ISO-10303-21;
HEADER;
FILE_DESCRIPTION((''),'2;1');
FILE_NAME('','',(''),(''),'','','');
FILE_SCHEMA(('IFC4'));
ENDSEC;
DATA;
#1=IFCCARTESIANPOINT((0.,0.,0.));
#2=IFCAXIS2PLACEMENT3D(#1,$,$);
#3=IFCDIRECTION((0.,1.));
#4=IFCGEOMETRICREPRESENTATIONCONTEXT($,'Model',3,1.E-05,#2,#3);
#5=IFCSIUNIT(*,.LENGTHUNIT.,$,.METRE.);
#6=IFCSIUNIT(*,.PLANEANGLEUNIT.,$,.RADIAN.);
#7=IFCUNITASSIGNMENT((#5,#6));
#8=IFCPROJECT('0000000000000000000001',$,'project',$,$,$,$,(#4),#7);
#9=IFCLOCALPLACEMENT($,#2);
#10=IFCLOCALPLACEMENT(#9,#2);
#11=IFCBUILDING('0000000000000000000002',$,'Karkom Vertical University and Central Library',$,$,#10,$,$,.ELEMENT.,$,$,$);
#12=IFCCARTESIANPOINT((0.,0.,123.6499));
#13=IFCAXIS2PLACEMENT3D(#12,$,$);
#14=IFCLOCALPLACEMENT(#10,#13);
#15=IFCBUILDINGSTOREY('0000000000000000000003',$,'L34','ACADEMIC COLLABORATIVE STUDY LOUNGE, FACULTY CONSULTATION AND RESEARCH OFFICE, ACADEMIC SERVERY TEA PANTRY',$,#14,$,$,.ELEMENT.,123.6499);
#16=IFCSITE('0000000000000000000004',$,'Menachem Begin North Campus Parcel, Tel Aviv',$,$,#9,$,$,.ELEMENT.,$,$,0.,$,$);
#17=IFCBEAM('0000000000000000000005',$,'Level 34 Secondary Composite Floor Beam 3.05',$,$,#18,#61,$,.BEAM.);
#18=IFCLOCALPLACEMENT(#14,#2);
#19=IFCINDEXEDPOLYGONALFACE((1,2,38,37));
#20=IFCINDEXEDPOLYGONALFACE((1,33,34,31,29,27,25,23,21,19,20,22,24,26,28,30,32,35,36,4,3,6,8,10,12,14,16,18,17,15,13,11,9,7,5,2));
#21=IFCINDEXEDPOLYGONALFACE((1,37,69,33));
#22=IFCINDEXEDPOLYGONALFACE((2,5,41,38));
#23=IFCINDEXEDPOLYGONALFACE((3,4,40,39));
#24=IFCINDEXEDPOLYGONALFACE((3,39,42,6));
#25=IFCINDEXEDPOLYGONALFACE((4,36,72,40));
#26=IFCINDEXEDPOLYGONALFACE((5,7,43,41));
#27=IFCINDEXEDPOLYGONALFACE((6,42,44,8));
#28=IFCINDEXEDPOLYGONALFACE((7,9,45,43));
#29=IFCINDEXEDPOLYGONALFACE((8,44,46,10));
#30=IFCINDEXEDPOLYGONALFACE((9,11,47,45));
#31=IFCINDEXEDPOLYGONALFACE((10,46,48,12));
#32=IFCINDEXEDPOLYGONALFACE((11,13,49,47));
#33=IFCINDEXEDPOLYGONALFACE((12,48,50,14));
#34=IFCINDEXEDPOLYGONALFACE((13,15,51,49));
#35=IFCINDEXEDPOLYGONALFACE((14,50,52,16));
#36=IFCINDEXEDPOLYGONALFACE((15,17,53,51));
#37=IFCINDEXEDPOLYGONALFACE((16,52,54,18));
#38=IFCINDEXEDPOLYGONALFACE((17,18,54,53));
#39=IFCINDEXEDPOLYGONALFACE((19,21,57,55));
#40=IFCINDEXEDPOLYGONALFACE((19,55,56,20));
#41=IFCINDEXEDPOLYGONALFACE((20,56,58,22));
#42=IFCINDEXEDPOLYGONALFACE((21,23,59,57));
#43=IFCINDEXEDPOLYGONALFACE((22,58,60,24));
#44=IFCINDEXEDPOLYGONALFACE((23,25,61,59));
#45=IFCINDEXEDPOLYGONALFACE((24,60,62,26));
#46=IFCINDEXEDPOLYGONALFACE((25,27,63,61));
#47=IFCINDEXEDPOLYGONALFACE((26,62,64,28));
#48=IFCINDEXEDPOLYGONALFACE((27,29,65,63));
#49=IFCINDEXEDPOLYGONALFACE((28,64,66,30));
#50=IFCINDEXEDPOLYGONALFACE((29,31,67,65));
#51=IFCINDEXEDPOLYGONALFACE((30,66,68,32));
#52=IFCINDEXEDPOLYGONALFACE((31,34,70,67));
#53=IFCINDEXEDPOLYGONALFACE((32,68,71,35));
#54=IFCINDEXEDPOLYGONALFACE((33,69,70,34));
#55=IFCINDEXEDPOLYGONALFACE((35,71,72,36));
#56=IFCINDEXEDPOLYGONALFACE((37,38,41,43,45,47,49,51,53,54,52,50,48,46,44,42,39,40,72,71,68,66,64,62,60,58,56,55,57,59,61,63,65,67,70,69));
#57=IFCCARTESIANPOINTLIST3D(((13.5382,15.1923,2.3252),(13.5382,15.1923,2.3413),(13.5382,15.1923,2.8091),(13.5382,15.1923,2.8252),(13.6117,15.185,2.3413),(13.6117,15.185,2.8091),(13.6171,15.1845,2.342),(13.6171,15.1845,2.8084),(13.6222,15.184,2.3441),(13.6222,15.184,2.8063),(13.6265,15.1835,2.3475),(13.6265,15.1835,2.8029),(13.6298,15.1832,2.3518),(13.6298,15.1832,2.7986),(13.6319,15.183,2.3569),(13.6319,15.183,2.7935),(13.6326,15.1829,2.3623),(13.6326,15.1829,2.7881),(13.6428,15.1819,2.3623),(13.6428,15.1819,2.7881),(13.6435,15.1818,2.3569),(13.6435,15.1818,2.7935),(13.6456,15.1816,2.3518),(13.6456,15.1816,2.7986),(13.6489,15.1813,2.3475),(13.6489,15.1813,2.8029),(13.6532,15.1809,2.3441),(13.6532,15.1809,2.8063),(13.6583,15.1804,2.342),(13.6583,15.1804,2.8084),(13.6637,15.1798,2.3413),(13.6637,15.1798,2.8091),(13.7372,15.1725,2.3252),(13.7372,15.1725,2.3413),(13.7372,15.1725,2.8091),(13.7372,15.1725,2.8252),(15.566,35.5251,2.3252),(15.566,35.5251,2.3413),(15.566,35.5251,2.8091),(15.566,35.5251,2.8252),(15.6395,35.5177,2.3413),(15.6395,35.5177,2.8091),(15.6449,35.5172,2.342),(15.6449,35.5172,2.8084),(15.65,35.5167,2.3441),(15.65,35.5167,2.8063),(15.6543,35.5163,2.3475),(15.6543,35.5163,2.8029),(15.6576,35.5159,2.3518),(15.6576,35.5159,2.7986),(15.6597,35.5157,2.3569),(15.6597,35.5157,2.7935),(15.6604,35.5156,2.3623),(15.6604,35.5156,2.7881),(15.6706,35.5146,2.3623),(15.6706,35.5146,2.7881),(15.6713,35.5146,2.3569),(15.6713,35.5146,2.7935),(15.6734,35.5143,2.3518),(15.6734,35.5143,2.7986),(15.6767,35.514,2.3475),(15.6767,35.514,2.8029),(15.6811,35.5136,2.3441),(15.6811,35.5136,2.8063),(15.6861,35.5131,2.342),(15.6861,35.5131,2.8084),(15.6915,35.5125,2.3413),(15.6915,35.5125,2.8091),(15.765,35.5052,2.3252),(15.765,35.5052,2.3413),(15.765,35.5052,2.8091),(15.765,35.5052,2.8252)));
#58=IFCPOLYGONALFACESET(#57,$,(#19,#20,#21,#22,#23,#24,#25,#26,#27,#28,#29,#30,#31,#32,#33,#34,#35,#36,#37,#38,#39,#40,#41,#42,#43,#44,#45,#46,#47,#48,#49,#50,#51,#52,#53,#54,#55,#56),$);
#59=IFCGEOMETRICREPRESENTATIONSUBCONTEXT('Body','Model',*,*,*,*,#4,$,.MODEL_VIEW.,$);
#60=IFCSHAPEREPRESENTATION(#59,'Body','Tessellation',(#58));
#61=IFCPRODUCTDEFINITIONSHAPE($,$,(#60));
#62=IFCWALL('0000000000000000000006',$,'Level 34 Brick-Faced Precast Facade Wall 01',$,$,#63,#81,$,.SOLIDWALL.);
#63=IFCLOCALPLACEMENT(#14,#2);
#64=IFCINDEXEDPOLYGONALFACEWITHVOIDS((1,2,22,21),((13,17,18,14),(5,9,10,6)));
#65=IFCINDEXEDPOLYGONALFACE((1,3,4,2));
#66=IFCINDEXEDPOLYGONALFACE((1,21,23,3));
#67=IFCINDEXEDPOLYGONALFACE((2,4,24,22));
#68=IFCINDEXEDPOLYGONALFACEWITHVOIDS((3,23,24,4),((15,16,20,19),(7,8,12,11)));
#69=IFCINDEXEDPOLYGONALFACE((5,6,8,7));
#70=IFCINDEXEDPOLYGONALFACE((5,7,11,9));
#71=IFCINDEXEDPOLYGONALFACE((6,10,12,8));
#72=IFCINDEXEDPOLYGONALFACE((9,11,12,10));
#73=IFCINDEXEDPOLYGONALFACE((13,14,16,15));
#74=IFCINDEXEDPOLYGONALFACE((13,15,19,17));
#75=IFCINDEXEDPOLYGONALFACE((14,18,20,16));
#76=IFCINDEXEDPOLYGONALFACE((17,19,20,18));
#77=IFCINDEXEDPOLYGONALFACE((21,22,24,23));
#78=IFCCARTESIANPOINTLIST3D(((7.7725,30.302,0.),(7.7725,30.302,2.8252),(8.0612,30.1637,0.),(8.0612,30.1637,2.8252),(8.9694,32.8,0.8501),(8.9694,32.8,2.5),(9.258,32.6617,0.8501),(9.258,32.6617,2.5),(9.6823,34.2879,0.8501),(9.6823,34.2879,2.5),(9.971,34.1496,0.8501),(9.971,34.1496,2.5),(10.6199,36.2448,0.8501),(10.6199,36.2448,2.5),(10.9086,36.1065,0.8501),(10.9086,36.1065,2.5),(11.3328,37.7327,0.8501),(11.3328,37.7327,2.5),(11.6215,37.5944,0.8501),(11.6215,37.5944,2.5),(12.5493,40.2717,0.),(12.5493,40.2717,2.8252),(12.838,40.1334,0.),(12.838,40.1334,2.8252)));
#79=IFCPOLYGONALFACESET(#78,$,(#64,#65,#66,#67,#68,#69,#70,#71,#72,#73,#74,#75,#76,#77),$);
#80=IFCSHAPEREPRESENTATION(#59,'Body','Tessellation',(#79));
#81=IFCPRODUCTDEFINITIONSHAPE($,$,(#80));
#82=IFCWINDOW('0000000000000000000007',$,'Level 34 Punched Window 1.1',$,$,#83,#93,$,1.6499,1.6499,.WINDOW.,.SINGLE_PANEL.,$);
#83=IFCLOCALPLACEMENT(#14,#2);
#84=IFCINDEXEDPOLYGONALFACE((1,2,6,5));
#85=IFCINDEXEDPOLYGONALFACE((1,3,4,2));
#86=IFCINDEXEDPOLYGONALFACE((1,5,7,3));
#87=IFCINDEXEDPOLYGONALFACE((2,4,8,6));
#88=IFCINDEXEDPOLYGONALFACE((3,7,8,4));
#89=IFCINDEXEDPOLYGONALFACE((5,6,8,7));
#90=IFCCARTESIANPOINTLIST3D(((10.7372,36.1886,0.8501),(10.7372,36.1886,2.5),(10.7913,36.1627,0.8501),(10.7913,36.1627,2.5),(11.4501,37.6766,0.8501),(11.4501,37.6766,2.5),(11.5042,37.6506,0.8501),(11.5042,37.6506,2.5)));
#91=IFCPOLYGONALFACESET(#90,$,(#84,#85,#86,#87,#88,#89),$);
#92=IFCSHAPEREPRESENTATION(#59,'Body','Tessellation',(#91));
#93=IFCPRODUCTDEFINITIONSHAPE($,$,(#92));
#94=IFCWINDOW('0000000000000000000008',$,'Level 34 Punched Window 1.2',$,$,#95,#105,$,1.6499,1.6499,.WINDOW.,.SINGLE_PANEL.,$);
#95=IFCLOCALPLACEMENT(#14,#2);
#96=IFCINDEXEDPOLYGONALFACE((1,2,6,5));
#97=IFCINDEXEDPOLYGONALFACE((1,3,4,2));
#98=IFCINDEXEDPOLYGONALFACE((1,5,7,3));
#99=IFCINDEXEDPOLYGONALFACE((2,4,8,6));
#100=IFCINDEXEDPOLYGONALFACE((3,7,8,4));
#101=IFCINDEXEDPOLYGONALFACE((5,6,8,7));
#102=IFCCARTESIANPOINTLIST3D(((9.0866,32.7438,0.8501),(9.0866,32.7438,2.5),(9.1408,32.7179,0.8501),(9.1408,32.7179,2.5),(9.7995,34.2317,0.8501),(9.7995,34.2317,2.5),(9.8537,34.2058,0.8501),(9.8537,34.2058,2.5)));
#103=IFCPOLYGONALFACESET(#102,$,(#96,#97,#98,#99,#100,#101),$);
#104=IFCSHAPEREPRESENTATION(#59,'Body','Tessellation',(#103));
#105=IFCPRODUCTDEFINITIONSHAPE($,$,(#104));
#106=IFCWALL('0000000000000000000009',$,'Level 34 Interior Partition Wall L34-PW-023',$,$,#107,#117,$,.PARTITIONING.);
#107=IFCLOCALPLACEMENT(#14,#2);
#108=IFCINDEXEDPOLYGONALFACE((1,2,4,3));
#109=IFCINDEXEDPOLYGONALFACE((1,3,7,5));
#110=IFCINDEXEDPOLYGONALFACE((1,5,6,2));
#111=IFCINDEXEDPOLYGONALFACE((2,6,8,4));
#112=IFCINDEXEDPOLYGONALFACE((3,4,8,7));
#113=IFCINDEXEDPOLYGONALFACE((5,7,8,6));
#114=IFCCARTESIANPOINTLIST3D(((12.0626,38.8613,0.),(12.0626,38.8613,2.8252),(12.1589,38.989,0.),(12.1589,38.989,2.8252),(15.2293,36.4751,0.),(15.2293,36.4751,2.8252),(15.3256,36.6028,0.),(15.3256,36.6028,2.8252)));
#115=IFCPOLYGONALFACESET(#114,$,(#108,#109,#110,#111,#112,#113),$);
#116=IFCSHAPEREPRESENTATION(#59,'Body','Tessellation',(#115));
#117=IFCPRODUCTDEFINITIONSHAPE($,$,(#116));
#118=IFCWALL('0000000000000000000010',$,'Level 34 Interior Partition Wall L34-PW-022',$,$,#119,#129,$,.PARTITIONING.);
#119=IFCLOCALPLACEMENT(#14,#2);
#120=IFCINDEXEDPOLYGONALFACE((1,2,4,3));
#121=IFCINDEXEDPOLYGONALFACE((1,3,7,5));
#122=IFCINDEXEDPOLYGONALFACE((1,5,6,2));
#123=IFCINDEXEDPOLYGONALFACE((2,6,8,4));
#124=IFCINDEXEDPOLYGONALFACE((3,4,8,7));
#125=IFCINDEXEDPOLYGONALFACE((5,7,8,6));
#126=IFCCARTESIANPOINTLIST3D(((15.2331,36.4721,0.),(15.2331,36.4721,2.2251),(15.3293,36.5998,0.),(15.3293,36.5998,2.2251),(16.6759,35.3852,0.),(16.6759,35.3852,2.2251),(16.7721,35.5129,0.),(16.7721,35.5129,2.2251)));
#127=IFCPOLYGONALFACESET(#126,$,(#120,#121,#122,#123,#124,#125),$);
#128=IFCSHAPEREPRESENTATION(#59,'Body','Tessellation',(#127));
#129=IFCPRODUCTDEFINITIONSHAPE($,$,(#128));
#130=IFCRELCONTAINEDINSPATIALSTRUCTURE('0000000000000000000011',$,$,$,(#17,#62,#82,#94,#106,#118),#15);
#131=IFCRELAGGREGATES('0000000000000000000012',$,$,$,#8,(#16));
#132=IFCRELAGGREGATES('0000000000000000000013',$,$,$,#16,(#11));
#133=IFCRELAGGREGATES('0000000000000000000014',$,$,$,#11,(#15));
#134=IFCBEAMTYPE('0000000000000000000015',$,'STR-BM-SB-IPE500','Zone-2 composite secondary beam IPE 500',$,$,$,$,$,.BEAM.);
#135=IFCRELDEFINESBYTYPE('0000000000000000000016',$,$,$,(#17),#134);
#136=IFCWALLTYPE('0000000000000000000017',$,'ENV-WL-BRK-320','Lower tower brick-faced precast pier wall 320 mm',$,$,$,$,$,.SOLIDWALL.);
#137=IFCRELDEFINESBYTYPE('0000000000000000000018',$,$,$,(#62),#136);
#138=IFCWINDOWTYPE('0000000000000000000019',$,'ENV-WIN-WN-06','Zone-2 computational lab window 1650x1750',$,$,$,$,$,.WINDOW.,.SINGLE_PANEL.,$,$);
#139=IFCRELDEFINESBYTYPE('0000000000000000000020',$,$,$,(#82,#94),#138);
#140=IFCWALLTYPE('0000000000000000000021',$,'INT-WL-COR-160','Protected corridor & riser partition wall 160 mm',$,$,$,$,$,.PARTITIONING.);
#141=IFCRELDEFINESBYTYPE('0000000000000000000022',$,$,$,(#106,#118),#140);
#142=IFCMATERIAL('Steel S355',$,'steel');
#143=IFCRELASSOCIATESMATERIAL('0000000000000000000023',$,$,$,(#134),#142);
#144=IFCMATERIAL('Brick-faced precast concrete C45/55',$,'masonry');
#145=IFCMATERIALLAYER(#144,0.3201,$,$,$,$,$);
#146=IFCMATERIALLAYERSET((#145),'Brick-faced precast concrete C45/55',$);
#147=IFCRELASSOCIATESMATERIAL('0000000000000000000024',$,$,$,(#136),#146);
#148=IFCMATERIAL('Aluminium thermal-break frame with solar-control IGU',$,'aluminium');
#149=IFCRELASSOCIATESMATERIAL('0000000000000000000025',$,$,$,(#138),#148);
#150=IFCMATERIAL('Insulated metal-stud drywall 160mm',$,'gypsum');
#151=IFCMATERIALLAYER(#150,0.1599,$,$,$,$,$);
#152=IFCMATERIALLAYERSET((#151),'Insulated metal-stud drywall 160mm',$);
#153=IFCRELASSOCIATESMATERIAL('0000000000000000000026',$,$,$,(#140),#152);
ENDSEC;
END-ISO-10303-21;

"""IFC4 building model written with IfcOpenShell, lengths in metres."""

from ifc_helpers import new_model, si_unit, direction, frame, frame_2d, origin, origin_with_axes, origin_2d, place, context, subcontext, project, spatial, rectangle, i_section, extrude, source, transform, mapped, material, layer, layer_set, material_profile, profile_set, type_object, element, fill, save


model = new_model("IFC4")

# Units and contexts
model_context = context("Model", 3, precision=1e-05, world=origin(), true_north=direction((0.0, 1.0)))
body_context = subcontext(model_context, "Body", "Model", "MODEL_VIEW")
ifc_project = project(units=[si_unit("LENGTHUNIT", "METRE"), si_unit("PLANEANGLEUNIT", "RADIAN")], contexts=[model_context])

# Site, building, storey
site_placement = place(None, origin())
site = spatial("IfcSite", under=ifc_project, at=site_placement, Name="Menachem Begin North Campus Parcel, Tel Aviv", CompositionType="ELEMENT", RefElevation=0.0)
building_placement = place(site_placement, origin())
building = spatial("IfcBuilding", under=site, at=building_placement, Name="Karkom Vertical University and Central Library", CompositionType="ELEMENT")
storey_placement = place(building_placement, frame((0.0, 0.0, 123.6499)))
storey = spatial("IfcBuildingStorey", under=building, at=storey_placement, Name="L34", Description="ACADEMIC COLLABORATIVE STUDY LOUNGE, FACULTY CONSULTATION AND RESEARCH OFFICE, ACADEMIC SERVERY TEA PANTRY", CompositionType="ELEMENT", Elevation=123.6499)

# Beam
ifc_material_1 = material(Name="Steel S355", Category="steel")
ifc_material_profile_1 = material_profile(ifc_material_1, i_section(OverallWidth=0.2, OverallDepth=0.5, WebThickness=0.0103, FlangeThickness=0.0161, FilletRadius=0.021, at=origin_2d()), Name="IPE 500")
ifc_profile_set_1 = profile_set([ifc_material_profile_1], Name="Steel S355")
beam_type_1 = type_object("IfcBeamType", Name="STR-BM-SB-IPE500", Description="Zone-2 composite secondary beam IPE 500", PredefinedType="BEAM", material=ifc_profile_set_1)
shared_shape_1 = source(origin_with_axes(), body_context, "Body", "SweptSolid", [
    extrude(i_section(OverallWidth=0.2, OverallDepth=0.5, WebThickness=0.0103, FlangeThickness=0.0161, FilletRadius=0.021, at=origin_2d()), origin(), (0.0, 0.0, 1.0), 20.4336),
])
beam_1_placement = place(storey_placement, frame((15.6655, 35.5151, 2.5752), z_axis=(-0.09924, -0.995064, 0.0), x_axis=(0.995064, -0.09924, 0.0)))
element("IfcBeam", 1, at=beam_1_placement, inside=storey, type_object=beam_type_1, Name="Level 34 Secondary Composite Floor Beam 3.05", PredefinedType="BEAM", context=body_context, shape_type="MappedRepresentation", body=[
    mapped(shared_shape_1, transform((0.0, 0.0, 0.0), scale=1.0)),
])

# Wall, openings, windows
ifc_material_2 = material(Name="Brick-faced precast concrete C45/55", Category="masonry")
ifc_layer_1 = layer(ifc_material_2, 0.3201)
ifc_layer_set_1 = layer_set([ifc_layer_1], Name="Brick-faced precast concrete C45/55")
wall_type_1 = type_object("IfcWallType", Name="ENV-WL-BRK-320", Description="Lower tower brick-faced precast pier wall 320 mm", PredefinedType="SOLIDWALL", material=ifc_layer_set_1)
wall_1_placement = place(storey_placement, frame((12.6936, 40.2024, 0.0), z_axis=(0.0, 0.0, 1.0), x_axis=(-0.432098, -0.901827, 0.0)))
wall_1 = element("IfcWall", 2, at=wall_1_placement, inside=storey, type_object=wall_type_1, Name="Level 34 Brick-Faced Precast Facade Wall 01", PredefinedType="SOLIDWALL", context=body_context, shape_type="SweptSolid", body=[
    extrude(rectangle(XDim=11.0549, YDim=0.3201, at=frame_2d((5.5273, 0.0))), origin(), (0.0, 0.0, 1.0), 2.8252),
])
opening_1_placement = place(wall_1_placement, frame((2.8152, 0.0, 0.8501)))
opening_1 = element("IfcOpeningElement", 3, at=opening_1_placement, cuts=wall_1, PredefinedType="OPENING", context=body_context, shape_type="SweptSolid", body=[
    extrude(rectangle(XDim=1.6499, YDim=1.6499, at=frame_2d((0.825, 0.825))), frame((0.0, 0.1699, 0.0), z_axis=(0.0, -1.0, 0.0), x_axis=(1.0, 0.0, 0.0)), (0.0, 0.0, 1.0), 0.3401),
])
opening_2_placement = place(wall_1_placement, frame((6.635, 0.0, 0.8501)))
opening_2 = element("IfcOpeningElement", 4, at=opening_2_placement, cuts=wall_1, PredefinedType="OPENING", context=body_context, shape_type="SweptSolid", body=[
    extrude(rectangle(XDim=1.6499, YDim=1.6499, at=frame_2d((0.825, 0.825))), frame((0.0, 0.1699, 0.0), z_axis=(0.0, -1.0, 0.0), x_axis=(1.0, 0.0, 0.0)), (0.0, 0.0, 1.0), 0.3401),
])
ifc_material_3 = material(Name="Aluminium thermal-break frame with solar-control IGU", Category="aluminium")
window_type = type_object("IfcWindowType", Name="ENV-WIN-WN-06", Description="Zone-2 computational lab window 1650x1750", PartitioningType="SINGLE_PANEL", PredefinedType="WINDOW", material=ifc_material_3)
shared_shape_2 = source(origin_with_axes(), body_context, "Body", "SweptSolid", [
    extrude(rectangle(XDim=1.6499, YDim=1.6499, at=frame_2d((0.825, 0.825))), frame((0.0, 0.03, 0.0), z_axis=(0.0, -1.0, 0.0), x_axis=(1.0, 0.0, 0.0)), (0.0, 0.0, 1.0), 0.0601),
])
window_1_placement = place(opening_1_placement, origin())
window_1 = element("IfcWindow", 5, at=window_1_placement, inside=storey, type_object=window_type, Name="Level 34 Punched Window 1.1", OverallHeight=1.6499, OverallWidth=1.6499, PartitioningType="SINGLE_PANEL", PredefinedType="WINDOW", context=body_context, shape_type="MappedRepresentation", body=[
    mapped(shared_shape_2, transform((0.0, 0.0, 0.0), scale=1.0)),
])
fill(opening_1, window_1)
window_2_placement = place(opening_2_placement, origin())
window_2 = element("IfcWindow", 6, at=window_2_placement, inside=storey, type_object=window_type, Name="Level 34 Punched Window 1.2", OverallHeight=1.6499, OverallWidth=1.6499, PartitioningType="SINGLE_PANEL", PredefinedType="WINDOW", context=body_context, shape_type="MappedRepresentation", body=[
    mapped(shared_shape_2, transform((0.0, 0.0, 0.0), scale=1.0)),
])
fill(opening_2, window_2)

# Shared definitions
ifc_material_4 = material(Name="Insulated metal-stud drywall 160mm", Category="gypsum")
ifc_layer_2 = layer(ifc_material_4, 0.1599)
ifc_layer_set_2 = layer_set([ifc_layer_2], Name="Insulated metal-stud drywall 160mm")
wall_type_2 = type_object("IfcWallType", Name="INT-WL-COR-160", Description="Protected corridor & riser partition wall 160 mm", PredefinedType="PARTITIONING", material=ifc_layer_set_2)

# Walls
wall_2_placement = place(storey_placement, frame((15.2773, 36.5391, 0.0), z_axis=(0.0, 0.0, 1.0), x_axis=(-0.798646, 0.601801, 0.0)))
element("IfcWall", 7, at=wall_2_placement, inside=storey, type_object=wall_type_2, Name="Level 34 Interior Partition Wall L34-PW-023", PredefinedType="PARTITIONING", context=body_context, shape_type="SweptSolid", body=[
    extrude(rectangle(XDim=3.9651, YDim=0.1599, at=frame_2d((1.9824, 0.0))), origin(), (0.0, 0.0, 1.0), 2.8252),
])
wall_3_placement = place(storey_placement, frame((16.7241, 35.449, 0.0), z_axis=(0.0, 0.0, 1.0), x_axis=(-0.798733, 0.601685, 0.0)))
element("IfcWall", 8, at=wall_3_placement, inside=storey, type_object=wall_type_2, Name="Level 34 Interior Partition Wall L34-PW-022", PredefinedType="PARTITIONING", context=body_context, shape_type="SweptSolid", body=[
    extrude(rectangle(XDim=1.8064, YDim=0.1599, at=frame_2d((0.9033, 0.0))), origin(), (0.0, 0.0, 1.0), 2.2251),
])

save(model, "model.ifc")
